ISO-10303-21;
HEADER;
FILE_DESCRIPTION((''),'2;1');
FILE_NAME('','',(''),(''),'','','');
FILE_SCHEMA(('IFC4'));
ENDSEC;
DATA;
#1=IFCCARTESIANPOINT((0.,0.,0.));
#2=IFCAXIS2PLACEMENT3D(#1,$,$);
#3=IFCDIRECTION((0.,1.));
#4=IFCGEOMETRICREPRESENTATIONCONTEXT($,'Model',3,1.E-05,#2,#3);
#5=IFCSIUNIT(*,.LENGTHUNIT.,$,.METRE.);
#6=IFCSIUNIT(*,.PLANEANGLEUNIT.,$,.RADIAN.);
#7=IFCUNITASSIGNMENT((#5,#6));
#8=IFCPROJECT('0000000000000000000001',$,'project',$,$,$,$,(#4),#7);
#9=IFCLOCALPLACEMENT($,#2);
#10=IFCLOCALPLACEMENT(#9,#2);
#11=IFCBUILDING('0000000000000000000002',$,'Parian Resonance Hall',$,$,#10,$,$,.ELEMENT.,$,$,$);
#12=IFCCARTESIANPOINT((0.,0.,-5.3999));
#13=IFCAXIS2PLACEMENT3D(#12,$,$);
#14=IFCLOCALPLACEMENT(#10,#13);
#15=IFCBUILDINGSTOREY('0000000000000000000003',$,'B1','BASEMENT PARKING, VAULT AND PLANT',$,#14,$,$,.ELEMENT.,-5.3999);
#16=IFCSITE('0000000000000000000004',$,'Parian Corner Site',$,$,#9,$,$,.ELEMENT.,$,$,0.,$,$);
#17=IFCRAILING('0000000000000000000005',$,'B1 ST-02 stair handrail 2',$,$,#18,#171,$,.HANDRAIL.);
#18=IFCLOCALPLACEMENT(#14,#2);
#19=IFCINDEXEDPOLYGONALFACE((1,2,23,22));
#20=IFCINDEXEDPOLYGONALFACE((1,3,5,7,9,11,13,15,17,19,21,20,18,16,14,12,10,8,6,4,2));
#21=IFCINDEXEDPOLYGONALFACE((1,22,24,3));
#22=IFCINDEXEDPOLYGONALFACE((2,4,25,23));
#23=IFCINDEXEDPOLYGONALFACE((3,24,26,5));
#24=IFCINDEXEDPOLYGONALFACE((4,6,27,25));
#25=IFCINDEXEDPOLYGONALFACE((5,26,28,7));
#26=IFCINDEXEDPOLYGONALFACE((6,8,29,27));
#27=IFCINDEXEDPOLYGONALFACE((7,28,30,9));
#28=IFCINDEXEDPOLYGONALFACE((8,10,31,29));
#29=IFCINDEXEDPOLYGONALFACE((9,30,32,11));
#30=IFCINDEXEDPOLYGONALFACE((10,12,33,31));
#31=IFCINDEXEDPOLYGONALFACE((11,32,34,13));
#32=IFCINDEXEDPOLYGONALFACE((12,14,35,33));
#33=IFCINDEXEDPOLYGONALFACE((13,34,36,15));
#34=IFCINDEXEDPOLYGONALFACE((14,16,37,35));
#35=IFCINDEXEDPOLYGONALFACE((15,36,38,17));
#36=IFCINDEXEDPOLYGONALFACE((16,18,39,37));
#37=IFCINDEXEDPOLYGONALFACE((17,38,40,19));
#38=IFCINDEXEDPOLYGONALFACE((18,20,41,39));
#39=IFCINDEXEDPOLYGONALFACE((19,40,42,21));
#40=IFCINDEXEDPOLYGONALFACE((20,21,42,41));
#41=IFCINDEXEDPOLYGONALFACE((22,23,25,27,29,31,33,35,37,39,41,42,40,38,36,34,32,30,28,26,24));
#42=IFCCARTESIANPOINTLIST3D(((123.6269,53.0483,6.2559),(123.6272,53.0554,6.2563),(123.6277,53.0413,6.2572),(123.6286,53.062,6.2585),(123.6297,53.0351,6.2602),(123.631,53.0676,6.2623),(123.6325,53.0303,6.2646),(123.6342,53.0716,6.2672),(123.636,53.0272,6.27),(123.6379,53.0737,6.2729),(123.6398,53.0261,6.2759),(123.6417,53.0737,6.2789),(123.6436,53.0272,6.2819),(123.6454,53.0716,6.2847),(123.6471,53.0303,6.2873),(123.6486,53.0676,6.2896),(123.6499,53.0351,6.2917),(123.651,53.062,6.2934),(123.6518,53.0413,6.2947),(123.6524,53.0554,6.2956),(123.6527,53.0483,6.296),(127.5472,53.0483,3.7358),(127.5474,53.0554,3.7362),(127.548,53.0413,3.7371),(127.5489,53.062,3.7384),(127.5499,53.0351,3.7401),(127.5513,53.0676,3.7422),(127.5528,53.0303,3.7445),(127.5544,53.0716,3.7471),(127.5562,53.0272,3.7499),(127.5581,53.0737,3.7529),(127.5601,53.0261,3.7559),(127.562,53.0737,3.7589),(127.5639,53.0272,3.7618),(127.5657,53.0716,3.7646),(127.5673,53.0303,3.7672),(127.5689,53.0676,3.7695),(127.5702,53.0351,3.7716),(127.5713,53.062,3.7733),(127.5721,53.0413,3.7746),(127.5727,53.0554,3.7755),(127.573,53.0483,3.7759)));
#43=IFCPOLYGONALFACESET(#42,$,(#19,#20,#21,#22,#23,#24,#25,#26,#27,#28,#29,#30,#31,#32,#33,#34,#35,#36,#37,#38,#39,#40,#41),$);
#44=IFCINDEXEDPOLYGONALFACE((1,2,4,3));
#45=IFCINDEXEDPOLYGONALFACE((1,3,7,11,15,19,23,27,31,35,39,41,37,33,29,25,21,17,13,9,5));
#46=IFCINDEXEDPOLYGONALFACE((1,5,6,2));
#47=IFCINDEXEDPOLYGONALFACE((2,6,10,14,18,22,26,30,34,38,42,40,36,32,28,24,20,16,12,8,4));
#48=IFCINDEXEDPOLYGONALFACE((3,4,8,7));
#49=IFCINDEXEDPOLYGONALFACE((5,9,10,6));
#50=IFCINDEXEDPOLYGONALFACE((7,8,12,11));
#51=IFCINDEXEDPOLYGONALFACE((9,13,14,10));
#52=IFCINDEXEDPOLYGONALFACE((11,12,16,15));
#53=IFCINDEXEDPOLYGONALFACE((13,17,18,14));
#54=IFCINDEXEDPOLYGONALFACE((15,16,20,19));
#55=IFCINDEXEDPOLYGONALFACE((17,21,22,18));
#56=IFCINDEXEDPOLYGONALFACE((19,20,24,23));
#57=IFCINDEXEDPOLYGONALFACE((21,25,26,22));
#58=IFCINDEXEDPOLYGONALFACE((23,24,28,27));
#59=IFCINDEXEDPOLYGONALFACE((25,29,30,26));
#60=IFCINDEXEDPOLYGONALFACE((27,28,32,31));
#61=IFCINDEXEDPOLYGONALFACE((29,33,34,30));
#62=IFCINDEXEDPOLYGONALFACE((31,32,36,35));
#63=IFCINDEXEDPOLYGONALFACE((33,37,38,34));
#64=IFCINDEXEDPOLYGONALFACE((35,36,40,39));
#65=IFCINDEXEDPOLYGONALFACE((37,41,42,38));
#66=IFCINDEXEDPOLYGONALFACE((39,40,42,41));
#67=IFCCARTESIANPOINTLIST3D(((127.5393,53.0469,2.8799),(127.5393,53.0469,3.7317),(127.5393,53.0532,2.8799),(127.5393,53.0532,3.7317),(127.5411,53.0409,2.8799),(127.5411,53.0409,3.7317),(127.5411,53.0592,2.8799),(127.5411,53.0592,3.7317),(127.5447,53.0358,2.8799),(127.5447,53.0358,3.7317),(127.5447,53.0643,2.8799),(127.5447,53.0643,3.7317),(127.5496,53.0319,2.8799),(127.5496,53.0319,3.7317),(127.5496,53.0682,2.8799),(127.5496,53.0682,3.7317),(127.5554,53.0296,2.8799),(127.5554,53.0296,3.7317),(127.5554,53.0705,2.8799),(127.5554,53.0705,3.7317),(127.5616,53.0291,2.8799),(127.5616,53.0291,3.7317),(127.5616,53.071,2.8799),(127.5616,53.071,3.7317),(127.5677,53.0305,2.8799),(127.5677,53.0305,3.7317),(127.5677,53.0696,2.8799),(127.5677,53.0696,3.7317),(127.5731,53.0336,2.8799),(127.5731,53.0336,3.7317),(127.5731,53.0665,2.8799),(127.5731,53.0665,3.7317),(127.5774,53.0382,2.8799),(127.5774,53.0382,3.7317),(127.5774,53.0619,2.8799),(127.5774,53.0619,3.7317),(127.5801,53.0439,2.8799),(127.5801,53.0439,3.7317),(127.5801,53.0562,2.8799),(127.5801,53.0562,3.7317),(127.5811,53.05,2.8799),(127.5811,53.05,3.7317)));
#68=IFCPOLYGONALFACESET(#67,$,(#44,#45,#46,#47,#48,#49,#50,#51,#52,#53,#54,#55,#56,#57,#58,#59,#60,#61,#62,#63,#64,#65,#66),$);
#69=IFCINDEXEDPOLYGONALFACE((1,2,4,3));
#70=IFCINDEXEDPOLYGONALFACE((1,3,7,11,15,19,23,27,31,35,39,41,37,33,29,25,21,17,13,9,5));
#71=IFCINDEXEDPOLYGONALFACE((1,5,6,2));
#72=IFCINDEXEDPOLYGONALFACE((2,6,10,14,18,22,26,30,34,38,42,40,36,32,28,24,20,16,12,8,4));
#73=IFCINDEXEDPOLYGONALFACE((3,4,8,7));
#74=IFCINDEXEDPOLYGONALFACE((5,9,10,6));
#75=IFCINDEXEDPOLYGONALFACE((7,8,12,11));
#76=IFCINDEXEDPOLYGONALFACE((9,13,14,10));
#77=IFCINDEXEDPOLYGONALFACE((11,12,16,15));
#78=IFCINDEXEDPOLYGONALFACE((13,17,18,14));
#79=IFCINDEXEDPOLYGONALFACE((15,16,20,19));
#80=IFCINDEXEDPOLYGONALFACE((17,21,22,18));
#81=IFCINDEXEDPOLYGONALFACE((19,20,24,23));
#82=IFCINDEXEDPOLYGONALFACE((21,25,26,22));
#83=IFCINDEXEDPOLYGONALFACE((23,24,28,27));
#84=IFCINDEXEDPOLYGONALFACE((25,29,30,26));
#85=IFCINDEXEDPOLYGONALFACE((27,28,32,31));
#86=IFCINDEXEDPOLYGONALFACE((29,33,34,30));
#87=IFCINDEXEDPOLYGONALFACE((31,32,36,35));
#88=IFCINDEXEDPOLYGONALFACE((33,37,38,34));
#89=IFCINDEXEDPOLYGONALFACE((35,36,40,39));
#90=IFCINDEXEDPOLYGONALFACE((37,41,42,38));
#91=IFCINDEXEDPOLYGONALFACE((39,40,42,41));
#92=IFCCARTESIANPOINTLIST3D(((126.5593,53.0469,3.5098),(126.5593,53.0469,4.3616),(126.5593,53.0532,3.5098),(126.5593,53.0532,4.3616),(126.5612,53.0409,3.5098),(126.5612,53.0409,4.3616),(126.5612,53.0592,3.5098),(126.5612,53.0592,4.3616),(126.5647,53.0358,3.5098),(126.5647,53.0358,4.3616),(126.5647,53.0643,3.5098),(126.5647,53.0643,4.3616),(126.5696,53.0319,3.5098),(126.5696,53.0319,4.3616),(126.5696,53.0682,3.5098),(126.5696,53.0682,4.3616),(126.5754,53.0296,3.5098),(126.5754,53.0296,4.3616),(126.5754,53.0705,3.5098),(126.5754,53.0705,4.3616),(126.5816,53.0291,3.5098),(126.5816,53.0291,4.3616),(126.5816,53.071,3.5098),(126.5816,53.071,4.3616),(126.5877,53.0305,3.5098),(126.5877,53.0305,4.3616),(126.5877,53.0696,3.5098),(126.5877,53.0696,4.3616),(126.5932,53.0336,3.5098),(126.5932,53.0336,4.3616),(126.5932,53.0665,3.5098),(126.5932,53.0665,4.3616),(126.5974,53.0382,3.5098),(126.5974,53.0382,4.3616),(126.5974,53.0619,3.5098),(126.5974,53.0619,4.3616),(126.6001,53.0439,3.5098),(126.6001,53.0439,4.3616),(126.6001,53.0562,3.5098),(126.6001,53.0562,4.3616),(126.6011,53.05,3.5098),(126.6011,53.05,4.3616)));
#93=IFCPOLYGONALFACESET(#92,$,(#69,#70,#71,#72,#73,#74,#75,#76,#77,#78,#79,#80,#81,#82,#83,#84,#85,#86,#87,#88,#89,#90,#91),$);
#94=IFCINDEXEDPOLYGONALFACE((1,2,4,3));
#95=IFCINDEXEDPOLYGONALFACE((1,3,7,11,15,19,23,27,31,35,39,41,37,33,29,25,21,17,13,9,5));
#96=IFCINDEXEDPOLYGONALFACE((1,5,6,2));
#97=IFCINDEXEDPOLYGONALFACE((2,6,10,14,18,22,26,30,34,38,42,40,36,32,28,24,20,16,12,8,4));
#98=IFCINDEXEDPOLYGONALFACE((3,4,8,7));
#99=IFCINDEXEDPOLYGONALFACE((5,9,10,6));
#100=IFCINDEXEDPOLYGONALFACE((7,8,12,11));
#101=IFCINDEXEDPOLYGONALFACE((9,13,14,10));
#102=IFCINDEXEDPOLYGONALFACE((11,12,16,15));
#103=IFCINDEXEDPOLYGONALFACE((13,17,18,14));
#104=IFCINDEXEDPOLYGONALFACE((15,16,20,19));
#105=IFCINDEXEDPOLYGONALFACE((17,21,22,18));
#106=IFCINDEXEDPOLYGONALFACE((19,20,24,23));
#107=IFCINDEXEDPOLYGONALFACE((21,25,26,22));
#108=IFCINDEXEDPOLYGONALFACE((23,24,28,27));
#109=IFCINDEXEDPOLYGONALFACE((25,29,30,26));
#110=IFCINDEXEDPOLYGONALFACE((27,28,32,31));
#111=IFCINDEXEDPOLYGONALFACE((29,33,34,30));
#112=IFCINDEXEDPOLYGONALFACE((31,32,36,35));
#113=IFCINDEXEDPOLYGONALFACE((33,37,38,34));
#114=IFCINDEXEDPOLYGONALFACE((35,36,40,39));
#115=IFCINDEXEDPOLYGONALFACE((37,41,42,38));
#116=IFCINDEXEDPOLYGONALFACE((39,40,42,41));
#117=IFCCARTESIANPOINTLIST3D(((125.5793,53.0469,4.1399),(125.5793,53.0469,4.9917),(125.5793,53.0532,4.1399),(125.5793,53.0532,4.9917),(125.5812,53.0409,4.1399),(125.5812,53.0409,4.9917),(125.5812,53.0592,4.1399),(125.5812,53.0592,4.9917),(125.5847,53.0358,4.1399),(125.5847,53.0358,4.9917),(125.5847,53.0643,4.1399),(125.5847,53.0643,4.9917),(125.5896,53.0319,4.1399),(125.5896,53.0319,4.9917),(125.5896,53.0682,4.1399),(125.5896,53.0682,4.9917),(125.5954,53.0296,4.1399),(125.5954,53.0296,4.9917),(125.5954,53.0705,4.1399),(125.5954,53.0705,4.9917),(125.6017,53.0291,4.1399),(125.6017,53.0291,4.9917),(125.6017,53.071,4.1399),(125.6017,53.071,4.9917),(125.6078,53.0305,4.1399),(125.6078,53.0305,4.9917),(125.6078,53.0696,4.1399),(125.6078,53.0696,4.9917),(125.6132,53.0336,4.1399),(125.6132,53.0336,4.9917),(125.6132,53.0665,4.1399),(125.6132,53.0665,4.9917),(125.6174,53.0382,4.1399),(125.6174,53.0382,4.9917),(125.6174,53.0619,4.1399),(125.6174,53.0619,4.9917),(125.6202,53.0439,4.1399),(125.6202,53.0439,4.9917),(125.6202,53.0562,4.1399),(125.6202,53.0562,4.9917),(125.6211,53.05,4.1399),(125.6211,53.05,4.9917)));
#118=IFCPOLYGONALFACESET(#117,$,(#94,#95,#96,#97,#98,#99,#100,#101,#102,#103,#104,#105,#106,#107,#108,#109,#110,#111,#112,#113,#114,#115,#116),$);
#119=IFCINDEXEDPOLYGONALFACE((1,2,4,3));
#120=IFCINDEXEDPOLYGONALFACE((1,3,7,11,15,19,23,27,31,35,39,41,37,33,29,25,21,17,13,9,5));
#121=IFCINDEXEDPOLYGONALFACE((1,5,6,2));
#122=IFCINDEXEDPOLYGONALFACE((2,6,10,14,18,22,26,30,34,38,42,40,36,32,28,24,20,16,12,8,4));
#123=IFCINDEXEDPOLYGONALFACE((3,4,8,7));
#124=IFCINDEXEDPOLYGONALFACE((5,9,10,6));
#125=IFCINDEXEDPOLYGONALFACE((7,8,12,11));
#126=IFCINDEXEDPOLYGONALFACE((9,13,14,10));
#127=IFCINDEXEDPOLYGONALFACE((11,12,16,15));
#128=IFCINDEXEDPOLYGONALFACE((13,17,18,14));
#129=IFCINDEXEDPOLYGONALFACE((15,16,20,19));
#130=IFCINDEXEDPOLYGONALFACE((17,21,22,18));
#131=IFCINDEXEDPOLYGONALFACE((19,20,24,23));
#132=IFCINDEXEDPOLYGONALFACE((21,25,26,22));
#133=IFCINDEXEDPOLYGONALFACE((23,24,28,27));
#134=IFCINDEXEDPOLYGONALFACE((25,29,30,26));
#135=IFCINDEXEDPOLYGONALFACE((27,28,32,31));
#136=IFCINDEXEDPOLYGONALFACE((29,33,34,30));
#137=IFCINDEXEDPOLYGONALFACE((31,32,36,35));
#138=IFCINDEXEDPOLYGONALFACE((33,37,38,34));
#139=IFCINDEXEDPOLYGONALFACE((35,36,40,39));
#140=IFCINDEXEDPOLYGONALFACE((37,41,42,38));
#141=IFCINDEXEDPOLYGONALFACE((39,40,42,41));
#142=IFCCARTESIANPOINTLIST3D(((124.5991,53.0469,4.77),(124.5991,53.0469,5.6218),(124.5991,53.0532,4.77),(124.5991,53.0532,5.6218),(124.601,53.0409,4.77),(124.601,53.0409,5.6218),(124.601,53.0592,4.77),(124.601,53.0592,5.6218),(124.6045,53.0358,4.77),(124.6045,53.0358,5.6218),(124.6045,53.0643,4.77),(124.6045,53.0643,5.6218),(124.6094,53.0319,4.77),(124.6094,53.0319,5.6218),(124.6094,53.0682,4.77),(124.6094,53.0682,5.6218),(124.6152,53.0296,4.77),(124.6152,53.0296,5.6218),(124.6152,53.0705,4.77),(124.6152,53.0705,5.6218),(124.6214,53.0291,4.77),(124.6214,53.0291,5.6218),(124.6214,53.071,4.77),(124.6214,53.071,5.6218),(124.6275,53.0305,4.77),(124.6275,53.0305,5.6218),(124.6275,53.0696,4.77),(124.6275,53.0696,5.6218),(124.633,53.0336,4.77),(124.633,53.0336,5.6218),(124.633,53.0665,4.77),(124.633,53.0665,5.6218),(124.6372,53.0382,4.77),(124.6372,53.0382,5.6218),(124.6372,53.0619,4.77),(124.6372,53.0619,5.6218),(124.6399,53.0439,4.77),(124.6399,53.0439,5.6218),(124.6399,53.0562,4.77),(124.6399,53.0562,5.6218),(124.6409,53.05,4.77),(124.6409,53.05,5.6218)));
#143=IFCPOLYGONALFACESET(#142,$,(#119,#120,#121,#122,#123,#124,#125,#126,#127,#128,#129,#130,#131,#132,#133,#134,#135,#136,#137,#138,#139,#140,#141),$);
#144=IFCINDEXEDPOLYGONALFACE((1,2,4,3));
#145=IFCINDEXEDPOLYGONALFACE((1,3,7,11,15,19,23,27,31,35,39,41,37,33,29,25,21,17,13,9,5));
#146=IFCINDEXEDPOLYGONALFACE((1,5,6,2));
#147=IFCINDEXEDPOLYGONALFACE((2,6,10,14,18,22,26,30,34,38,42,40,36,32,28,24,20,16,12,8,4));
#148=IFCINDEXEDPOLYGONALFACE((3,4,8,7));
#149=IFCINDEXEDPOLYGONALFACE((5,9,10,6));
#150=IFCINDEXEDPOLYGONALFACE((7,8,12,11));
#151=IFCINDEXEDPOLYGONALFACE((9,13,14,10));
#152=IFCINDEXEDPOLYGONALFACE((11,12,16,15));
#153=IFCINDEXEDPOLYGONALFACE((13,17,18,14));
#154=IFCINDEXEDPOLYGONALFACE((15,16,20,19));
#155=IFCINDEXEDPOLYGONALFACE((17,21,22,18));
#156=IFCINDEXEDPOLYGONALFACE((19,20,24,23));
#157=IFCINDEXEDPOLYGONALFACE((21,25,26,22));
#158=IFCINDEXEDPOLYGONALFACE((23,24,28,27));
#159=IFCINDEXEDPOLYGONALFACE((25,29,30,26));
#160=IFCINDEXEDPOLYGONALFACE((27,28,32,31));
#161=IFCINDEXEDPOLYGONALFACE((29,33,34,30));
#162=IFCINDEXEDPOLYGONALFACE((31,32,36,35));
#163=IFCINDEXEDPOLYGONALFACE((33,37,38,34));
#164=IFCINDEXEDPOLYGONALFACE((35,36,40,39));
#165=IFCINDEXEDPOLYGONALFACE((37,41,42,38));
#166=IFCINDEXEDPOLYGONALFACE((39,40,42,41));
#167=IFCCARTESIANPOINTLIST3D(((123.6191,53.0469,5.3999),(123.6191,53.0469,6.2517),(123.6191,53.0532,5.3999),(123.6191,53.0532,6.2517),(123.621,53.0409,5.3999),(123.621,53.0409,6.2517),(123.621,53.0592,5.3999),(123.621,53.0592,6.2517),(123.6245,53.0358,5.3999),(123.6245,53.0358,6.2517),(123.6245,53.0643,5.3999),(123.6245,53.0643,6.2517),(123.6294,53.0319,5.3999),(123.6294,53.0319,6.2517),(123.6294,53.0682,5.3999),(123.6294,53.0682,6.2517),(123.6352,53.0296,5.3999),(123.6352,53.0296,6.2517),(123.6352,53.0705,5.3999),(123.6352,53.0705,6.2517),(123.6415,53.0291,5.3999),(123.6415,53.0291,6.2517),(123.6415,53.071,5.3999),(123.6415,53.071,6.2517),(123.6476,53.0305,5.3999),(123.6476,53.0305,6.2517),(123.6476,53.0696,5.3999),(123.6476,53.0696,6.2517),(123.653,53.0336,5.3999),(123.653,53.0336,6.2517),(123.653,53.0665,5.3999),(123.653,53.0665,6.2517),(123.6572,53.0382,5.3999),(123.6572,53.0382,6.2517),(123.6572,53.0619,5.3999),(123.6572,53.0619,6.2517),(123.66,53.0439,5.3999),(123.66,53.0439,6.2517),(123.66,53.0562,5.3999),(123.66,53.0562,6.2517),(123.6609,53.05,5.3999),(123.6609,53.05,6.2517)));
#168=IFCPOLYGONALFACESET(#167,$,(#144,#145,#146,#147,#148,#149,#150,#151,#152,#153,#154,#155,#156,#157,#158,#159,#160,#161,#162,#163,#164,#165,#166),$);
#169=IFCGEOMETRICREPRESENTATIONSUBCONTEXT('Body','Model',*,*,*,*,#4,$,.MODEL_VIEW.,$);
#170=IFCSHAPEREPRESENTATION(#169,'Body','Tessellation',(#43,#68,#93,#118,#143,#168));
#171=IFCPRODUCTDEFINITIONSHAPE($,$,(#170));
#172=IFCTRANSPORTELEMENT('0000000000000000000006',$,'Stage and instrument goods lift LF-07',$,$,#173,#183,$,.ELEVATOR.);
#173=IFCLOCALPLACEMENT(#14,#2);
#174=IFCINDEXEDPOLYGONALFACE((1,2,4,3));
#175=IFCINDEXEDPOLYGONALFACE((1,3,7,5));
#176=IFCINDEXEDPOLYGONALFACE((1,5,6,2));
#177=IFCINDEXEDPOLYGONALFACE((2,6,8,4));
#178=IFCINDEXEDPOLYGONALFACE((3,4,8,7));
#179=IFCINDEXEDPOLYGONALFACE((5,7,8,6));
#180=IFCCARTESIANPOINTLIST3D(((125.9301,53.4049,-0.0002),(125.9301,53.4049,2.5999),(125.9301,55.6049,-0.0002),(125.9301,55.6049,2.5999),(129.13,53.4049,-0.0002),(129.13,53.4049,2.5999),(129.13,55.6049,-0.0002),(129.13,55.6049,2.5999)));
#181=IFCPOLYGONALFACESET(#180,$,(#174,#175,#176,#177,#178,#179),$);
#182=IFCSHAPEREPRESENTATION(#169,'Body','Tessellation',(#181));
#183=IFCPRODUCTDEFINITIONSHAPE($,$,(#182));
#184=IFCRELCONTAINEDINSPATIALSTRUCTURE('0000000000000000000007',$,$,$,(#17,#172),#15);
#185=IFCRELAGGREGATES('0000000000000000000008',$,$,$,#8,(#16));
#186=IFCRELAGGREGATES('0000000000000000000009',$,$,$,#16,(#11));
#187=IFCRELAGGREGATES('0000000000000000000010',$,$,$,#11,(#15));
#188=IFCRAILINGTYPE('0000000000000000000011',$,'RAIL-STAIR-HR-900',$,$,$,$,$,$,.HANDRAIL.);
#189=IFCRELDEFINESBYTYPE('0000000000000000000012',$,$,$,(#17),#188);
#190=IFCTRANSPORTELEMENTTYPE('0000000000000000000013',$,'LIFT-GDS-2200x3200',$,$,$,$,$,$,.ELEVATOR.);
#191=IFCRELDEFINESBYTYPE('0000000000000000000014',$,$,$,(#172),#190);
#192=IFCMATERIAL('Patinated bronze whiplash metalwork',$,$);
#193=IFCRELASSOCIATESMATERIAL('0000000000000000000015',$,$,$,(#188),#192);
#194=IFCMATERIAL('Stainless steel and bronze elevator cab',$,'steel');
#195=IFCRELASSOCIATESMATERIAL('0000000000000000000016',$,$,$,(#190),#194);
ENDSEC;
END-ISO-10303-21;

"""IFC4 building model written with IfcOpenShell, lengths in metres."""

from ifc_helpers import new_model, si_unit, direction, frame, origin, origin_2d, place, context, subcontext, project, spatial, rectangle, circle, extrude, material, type_object, element, save


model = new_model("IFC4")

# Units and contexts
model_context = context("Model", 3, precision=1e-05, world=origin(), true_north=direction((0.0, 1.0)))
body_context = subcontext(model_context, "Body", "Model", "MODEL_VIEW")
ifc_project = project(units=[si_unit("LENGTHUNIT", "METRE"), si_unit("PLANEANGLEUNIT", "RADIAN")], contexts=[model_context])

# Site, building, storey
site_placement = place(None, origin())
site = spatial("IfcSite", under=ifc_project, at=site_placement, Name="Parian Corner Site", CompositionType="ELEMENT", RefElevation=0.0)
building_placement = place(site_placement, origin())
building = spatial("IfcBuilding", under=site, at=building_placement, Name="Parian Resonance Hall", CompositionType="ELEMENT")
storey_placement = place(building_placement, frame((0.0, 0.0, -5.3999)))
storey = spatial("IfcBuildingStorey", under=building, at=storey_placement, Name="B1", Description="BASEMENT PARKING, VAULT AND PLANT", CompositionType="ELEMENT", Elevation=-5.3999)

# Railing
ifc_material_1 = material(Name="Patinated bronze whiplash metalwork")
railing_type_1 = type_object("IfcRailingType", Name="RAIL-STAIR-HR-900", PredefinedType="HANDRAIL", material=ifc_material_1)
railing_1_placement = place(storey_placement, frame((127.5601, 53.05, 2.8799)))
element("IfcRailing", 1, at=railing_1_placement, inside=storey, type_object=railing_type_1, Name="B1 ST-02 stair handrail 2", PredefinedType="HANDRAIL", context=body_context, shape_type="SweptSolid", body=[
    extrude(circle(Radius=0.0239, at=origin_2d()), frame((0.0, 0.0, 0.876), z_axis=(-0.841187, 0.0, 0.540744), x_axis=(0.0, -1.0, 0.0)), (0.0, 0.0, 1.0), 4.6604),
    extrude(circle(Radius=0.021, at=origin_2d()), origin(), (0.0, 0.0, 1.0), 0.8518),
    extrude(circle(Radius=0.021, at=origin_2d()), frame((-0.98, 0.0, 0.6299)), (0.0, 0.0, 1.0), 0.8518),
    extrude(circle(Radius=0.021, at=origin_2d()), frame((-1.96, 0.0, 1.26)), (0.0, 0.0, 1.0), 0.8518),
    extrude(circle(Radius=0.021, at=origin_2d()), frame((-2.9402, 0.0, 1.8901)), (0.0, 0.0, 1.0), 0.8518),
    extrude(circle(Radius=0.021, at=origin_2d()), frame((-3.9202, 0.0, 2.52)), (0.0, 0.0, 1.0), 0.8518),
])

# Transport element
ifc_material_2 = material(Name="Stainless steel and bronze elevator cab", Category="steel")
transport_element_type = type_object("IfcTransportElementType", Name="LIFT-GDS-2200x3200", PredefinedType="ELEVATOR", material=ifc_material_2)
transport_element_placement = place(storey_placement, frame((127.53, 54.5049, -0.0002), z_axis=(0.0, 0.0, 1.0), x_axis=(1.0, 0.0, 0.0)))
element("IfcTransportElement", 2, at=transport_element_placement, inside=storey, type_object=transport_element_type, Name="Stage and instrument goods lift LF-07", PredefinedType="ELEVATOR", context=body_context, shape_type="SweptSolid", body=[
    extrude(rectangle(XDim=3.2, YDim=2.2, at=origin_2d()), origin(), (0.0, 0.0, 1.0), 2.6001),
])

save(model, "model.ifc")
